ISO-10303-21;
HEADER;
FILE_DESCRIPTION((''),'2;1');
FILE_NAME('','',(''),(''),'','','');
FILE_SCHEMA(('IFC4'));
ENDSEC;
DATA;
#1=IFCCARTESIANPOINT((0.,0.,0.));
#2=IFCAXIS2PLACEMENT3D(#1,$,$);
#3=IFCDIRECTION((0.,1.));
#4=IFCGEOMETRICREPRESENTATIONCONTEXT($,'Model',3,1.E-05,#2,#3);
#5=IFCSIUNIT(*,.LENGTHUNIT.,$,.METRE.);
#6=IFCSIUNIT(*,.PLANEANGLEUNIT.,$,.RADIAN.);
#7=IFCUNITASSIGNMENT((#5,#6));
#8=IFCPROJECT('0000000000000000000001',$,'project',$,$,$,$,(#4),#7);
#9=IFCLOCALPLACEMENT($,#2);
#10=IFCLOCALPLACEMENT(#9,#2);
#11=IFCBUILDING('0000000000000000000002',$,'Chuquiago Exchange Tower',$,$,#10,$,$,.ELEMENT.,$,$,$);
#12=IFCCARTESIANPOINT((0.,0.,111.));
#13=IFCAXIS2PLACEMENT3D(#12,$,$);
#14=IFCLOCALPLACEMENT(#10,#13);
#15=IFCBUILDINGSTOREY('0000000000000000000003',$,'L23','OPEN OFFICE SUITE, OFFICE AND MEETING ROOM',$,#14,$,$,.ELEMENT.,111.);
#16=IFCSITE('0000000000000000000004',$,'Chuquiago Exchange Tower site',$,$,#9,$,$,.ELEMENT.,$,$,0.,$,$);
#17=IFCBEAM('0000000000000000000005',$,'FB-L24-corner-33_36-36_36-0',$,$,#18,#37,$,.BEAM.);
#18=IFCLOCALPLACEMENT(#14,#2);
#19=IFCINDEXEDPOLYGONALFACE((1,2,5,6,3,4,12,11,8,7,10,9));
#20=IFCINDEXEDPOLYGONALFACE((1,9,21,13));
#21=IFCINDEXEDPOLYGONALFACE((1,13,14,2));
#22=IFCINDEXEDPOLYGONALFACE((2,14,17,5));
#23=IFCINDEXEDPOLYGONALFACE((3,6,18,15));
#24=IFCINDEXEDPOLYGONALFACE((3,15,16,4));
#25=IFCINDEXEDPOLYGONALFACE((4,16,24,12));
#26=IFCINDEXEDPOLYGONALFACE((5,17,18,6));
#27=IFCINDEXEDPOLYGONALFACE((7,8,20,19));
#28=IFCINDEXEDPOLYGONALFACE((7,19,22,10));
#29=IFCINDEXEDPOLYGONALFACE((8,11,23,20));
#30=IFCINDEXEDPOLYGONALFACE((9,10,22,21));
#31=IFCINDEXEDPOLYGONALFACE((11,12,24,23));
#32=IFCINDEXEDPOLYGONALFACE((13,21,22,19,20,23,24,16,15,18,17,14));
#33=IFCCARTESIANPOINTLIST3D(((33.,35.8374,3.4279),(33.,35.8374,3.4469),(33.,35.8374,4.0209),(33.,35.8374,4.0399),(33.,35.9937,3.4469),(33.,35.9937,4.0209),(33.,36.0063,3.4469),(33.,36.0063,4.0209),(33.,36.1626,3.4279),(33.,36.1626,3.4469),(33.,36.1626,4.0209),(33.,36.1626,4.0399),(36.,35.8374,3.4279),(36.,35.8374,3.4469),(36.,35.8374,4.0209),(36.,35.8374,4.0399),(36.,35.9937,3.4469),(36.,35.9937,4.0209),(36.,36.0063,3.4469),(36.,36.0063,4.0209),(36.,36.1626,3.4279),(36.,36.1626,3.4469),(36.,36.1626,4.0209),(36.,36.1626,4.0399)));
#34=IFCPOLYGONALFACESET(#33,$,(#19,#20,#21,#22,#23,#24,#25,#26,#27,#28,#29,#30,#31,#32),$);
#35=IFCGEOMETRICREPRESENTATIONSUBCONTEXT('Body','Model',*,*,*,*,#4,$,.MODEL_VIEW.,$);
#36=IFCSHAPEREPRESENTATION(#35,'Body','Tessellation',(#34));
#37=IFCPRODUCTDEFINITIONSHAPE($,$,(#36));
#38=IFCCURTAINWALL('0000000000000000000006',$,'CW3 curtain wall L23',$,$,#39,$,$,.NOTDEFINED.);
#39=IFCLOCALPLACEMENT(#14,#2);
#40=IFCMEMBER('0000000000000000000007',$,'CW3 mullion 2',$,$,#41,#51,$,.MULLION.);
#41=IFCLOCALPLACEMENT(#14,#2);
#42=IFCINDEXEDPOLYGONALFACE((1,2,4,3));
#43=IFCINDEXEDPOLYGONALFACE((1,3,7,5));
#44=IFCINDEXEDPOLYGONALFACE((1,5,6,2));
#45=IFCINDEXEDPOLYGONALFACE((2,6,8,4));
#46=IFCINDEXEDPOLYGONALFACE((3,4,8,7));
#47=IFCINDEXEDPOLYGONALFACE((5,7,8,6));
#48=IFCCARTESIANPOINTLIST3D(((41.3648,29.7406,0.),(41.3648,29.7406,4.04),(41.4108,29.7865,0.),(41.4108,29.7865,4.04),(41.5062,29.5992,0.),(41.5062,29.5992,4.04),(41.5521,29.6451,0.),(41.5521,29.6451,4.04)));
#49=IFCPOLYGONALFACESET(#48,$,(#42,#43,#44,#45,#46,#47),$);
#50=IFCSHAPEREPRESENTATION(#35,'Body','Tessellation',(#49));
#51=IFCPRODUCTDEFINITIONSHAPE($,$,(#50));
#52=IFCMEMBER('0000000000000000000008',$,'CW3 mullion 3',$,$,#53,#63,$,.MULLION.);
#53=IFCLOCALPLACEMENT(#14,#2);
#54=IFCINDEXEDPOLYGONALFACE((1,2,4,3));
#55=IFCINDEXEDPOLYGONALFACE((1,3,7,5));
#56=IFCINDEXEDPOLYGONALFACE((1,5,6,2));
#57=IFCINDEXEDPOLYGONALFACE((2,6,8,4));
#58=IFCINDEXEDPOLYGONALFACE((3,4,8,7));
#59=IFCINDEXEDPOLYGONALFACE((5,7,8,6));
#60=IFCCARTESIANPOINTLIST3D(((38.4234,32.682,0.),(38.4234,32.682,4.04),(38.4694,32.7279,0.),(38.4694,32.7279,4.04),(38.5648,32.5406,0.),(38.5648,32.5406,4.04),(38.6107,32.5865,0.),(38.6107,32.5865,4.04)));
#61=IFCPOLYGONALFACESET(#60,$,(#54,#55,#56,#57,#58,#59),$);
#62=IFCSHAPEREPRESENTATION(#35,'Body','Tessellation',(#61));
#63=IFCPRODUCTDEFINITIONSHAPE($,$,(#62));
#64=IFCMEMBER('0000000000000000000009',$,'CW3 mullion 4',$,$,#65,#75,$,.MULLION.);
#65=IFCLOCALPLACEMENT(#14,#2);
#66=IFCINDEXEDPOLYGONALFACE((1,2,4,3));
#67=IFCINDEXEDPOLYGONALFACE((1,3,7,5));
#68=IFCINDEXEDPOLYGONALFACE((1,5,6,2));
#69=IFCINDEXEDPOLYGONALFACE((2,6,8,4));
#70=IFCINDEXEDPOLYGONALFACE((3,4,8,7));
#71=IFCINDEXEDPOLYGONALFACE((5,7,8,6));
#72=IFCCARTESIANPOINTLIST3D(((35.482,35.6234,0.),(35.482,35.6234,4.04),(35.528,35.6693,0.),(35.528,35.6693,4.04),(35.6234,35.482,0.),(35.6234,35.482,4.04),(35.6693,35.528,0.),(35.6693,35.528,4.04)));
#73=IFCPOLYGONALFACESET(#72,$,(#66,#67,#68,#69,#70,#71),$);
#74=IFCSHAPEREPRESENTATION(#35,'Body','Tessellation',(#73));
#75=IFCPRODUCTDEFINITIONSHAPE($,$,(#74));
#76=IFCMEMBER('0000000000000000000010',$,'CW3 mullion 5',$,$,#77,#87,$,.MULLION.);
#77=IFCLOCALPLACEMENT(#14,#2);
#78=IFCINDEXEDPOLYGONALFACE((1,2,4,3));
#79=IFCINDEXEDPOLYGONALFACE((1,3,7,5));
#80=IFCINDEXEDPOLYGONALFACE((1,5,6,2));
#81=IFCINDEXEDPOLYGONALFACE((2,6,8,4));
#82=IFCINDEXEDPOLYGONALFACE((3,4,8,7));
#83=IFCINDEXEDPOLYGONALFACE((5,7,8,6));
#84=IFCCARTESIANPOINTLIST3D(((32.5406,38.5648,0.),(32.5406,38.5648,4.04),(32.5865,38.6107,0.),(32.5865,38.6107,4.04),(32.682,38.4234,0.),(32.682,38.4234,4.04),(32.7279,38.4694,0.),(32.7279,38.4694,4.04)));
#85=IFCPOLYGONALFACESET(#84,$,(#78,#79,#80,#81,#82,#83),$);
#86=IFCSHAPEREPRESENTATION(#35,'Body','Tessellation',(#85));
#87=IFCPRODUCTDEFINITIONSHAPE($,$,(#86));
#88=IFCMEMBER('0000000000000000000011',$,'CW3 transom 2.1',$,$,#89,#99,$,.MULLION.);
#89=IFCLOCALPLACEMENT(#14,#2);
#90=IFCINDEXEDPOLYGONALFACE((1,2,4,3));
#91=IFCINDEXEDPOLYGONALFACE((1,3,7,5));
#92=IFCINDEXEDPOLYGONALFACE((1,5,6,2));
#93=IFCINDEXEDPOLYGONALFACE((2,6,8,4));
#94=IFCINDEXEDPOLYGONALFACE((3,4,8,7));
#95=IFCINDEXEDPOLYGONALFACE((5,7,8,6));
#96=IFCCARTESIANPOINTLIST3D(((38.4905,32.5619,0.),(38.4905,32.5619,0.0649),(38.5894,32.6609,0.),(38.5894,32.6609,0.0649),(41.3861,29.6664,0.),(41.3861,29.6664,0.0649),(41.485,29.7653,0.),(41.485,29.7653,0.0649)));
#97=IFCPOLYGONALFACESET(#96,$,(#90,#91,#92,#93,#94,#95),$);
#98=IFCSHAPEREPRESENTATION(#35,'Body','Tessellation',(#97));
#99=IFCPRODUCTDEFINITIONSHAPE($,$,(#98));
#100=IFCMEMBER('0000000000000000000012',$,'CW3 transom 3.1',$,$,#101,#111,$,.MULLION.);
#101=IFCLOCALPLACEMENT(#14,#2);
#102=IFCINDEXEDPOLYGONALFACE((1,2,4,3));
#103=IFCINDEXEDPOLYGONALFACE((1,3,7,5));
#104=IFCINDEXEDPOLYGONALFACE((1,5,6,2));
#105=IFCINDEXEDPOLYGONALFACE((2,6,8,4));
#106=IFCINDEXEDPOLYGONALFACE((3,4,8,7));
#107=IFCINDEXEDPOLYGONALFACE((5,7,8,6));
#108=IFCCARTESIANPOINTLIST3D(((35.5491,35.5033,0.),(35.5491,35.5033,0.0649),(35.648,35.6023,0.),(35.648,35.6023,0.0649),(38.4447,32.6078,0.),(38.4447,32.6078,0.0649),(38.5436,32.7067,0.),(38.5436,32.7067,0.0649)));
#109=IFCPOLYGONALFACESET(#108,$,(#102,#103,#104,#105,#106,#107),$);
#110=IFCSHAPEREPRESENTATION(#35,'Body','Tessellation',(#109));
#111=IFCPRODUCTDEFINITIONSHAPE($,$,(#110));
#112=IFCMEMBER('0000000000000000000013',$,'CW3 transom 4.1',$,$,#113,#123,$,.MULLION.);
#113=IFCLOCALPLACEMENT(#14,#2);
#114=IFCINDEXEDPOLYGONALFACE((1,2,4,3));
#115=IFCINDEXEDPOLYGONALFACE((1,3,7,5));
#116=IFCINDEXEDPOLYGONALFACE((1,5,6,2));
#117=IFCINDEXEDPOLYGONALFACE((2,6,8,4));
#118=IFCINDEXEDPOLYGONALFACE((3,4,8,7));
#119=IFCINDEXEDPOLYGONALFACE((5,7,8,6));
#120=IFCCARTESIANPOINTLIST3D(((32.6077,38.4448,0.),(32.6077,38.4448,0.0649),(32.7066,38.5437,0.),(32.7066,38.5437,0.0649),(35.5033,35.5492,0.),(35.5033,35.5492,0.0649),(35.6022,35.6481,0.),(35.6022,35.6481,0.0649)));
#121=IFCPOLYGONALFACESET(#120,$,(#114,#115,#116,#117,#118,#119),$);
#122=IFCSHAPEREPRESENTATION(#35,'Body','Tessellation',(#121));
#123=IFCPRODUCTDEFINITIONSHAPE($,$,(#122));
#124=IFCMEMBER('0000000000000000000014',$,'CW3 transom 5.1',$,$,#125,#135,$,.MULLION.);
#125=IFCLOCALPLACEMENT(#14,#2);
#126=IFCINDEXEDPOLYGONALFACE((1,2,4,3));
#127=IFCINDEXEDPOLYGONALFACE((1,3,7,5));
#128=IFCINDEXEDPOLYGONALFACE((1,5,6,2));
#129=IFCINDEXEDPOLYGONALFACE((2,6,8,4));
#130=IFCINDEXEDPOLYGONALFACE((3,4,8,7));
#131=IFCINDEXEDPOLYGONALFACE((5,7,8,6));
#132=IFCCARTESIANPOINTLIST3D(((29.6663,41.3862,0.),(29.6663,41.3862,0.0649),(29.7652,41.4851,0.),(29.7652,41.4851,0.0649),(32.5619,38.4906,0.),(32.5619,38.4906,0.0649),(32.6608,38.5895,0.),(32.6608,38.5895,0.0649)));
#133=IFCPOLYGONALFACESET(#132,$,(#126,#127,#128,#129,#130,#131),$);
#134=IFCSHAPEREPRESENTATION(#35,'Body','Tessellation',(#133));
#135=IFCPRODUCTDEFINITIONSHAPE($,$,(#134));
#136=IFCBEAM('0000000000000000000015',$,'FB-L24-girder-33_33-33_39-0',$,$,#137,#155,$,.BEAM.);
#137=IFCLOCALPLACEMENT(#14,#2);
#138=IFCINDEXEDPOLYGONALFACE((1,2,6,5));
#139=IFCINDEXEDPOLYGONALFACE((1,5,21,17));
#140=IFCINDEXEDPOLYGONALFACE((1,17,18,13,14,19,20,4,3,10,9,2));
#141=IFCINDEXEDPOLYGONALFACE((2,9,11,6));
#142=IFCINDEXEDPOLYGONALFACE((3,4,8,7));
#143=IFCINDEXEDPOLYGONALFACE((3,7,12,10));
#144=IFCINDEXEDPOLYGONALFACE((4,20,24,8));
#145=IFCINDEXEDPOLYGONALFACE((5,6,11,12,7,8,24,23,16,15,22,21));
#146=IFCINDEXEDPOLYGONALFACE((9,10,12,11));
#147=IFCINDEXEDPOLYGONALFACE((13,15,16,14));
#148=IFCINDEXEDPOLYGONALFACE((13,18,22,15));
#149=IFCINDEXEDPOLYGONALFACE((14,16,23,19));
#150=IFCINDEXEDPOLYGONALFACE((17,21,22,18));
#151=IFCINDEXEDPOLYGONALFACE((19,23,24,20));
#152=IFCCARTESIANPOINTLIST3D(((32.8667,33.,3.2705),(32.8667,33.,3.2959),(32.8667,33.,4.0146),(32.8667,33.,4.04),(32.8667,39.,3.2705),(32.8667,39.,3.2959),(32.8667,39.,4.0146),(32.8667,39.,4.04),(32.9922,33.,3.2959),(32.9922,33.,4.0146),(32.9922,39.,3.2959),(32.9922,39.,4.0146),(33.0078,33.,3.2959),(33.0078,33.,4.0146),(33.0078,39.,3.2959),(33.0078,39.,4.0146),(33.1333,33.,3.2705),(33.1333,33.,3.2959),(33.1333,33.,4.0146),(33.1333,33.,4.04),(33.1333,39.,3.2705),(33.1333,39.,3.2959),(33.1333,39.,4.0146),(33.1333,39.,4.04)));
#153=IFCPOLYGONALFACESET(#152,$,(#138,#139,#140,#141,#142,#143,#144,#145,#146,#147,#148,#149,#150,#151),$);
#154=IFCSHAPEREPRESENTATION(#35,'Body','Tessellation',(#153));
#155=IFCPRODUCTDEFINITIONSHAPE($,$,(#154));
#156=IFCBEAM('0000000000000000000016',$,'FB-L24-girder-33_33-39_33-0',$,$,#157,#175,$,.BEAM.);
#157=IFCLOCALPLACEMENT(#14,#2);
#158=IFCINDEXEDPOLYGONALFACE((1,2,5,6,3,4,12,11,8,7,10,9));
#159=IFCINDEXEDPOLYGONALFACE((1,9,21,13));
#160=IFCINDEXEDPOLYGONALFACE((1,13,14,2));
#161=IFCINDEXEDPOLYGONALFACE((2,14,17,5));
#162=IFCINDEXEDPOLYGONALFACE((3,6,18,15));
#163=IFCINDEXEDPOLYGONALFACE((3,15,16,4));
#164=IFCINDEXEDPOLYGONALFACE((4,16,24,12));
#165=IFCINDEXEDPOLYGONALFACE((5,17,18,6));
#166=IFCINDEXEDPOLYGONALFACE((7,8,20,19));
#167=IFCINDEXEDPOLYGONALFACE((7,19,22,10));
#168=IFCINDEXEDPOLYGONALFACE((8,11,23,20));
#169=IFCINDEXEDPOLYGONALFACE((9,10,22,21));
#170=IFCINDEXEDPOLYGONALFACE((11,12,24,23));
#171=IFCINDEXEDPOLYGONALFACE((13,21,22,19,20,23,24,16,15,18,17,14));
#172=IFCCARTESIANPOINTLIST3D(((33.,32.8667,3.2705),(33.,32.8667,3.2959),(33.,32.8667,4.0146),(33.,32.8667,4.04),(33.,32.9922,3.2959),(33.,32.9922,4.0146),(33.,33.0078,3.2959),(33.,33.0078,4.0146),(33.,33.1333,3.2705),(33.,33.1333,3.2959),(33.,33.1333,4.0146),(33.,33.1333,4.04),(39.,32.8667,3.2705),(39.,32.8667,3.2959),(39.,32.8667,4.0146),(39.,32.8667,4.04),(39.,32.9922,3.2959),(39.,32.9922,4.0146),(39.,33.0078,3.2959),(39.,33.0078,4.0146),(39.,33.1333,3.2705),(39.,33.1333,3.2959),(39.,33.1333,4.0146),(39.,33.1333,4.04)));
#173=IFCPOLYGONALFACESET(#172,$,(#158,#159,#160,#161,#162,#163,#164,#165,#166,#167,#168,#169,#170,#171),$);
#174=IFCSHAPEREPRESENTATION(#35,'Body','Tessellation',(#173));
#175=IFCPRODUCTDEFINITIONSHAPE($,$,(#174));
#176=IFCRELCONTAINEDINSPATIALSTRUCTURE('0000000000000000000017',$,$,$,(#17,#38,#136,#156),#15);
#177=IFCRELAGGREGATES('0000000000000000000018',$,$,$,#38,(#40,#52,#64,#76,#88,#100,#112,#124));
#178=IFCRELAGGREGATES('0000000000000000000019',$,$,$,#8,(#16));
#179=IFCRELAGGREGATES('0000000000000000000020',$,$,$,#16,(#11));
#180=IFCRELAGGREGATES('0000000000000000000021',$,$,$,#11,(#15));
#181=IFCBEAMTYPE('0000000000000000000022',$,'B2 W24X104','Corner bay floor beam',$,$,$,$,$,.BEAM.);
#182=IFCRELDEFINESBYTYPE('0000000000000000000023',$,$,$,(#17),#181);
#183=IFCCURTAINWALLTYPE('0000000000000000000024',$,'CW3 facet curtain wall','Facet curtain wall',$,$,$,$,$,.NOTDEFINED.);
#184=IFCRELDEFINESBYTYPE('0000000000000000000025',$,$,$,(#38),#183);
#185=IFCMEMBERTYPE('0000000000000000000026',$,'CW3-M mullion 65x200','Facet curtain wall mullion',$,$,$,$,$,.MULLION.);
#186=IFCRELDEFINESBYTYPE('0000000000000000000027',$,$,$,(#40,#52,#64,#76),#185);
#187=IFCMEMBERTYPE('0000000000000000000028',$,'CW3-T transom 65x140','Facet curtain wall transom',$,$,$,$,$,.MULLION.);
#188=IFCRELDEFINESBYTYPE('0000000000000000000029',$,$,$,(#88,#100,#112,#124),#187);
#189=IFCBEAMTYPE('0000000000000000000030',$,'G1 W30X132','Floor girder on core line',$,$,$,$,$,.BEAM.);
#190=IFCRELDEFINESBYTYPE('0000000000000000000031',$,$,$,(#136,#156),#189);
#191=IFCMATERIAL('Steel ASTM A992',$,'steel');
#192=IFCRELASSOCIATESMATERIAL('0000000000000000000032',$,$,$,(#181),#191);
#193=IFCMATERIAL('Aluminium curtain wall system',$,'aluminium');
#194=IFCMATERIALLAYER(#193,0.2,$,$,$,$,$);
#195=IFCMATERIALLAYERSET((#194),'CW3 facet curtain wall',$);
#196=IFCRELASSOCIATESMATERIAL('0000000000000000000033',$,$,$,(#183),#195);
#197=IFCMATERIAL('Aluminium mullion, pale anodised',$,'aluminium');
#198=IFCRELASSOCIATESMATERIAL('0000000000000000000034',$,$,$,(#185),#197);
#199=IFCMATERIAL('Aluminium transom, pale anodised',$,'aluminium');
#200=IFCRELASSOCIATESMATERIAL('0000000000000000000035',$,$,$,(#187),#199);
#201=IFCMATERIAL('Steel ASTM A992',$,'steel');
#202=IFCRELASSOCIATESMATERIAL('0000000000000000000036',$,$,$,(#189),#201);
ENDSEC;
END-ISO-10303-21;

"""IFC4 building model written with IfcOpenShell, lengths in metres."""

from ifc_helpers import new_model, si_unit, direction, frame, origin, origin_2d, place, context, subcontext, project, spatial, rectangle, i_section, extrude, material, layer, layer_set, material_profile, profile_set, type_object, element, aggregate, save


model = new_model("IFC4")

# Units and contexts
model_context = context("Model", 3, precision=1e-05, world=origin(), true_north=direction((0.0, 1.0)))
body_context = subcontext(model_context, "Body", "Model", "MODEL_VIEW")
ifc_project = project(units=[si_unit("LENGTHUNIT", "METRE"), si_unit("PLANEANGLEUNIT", "RADIAN")], contexts=[model_context])

# Site, building, storey
site_placement = place(None, origin())
site = spatial("IfcSite", under=ifc_project, at=site_placement, Name="Chuquiago Exchange Tower site", CompositionType="ELEMENT", RefElevation=0.0)
building_placement = place(site_placement, origin())
building = spatial("IfcBuilding", under=site, at=building_placement, Name="Chuquiago Exchange Tower", CompositionType="ELEMENT")
storey_placement = place(building_placement, frame((0.0, 0.0, 111.0)))
storey = spatial("IfcBuildingStorey", under=building, at=storey_placement, Name="L23", Description="OPEN OFFICE SUITE, OFFICE AND MEETING ROOM", CompositionType="ELEMENT", Elevation=111.0)

# Beam
ifc_material_1 = material(Name="Steel ASTM A992", Category="steel")
ifc_material_profile_1 = material_profile(ifc_material_1, i_section(OverallWidth=0.3252, OverallDepth=0.6121, WebThickness=0.0127, FlangeThickness=0.019, at=origin_2d()), Name="W24X104")
ifc_profile_set_1 = profile_set([ifc_material_profile_1], Name="Steel ASTM A992")
beam_type_1 = type_object("IfcBeamType", Name="B2 W24X104", Description="Corner bay floor beam", PredefinedType="BEAM", material=ifc_profile_set_1)
beam_1_placement = place(storey_placement, frame((33.0, 36.0, 3.7339), z_axis=(1.0, 0.0, 0.0), x_axis=(0.0, 1.0, 0.0)))
element("IfcBeam", 1, at=beam_1_placement, inside=storey, type_object=beam_type_1, Name="FB-L24-corner-33_36-36_36-0", PredefinedType="BEAM", context=body_context, shape_type="SweptSolid", body=[
    extrude(i_section(OverallWidth=0.3252, OverallDepth=0.6121, WebThickness=0.0127, FlangeThickness=0.019, at=origin_2d()), origin(), (0.0, 0.0, 1.0), 3.0),
])

# Curtain wall, members
ifc_material_2 = material(Name="Aluminium curtain wall system", Category="aluminium")
ifc_layer_1 = layer(ifc_material_2, 0.2)
ifc_layer_set_1 = layer_set([ifc_layer_1], Name="CW3 facet curtain wall")
curtain_wall_type = type_object("IfcCurtainWallType", Name="CW3 facet curtain wall", Description="Facet curtain wall", PredefinedType="NOTDEFINED", material=ifc_layer_set_1)
curtain_wall_placement = place(storey_placement, origin())
curtain_wall = element("IfcCurtainWall", 2, at=curtain_wall_placement, inside=storey, type_object=curtain_wall_type, Name="CW3 curtain wall L23", PredefinedType="NOTDEFINED")
ifc_material_3 = material(Name="Aluminium mullion, pale anodised", Category="aluminium")
ifc_material_profile_2 = material_profile(ifc_material_3, rectangle(XDim=0.0649, YDim=0.2, at=origin_2d()), Name="AL 65x200")
ifc_profile_set_2 = profile_set([ifc_material_profile_2], Name="Aluminium mullion, pale anodised")
member_type_1 = type_object("IfcMemberType", Name="CW3-M mullion 65x200", Description="Facet curtain wall mullion", PredefinedType="MULLION", material=ifc_profile_set_2)
member_1_placement = place(storey_placement, frame((41.4585, 29.6929, 0.0), z_axis=(0.0, 0.0, 1.0), x_axis=(-0.707107, -0.707107, 0.0)))
member_1 = element("IfcMember", 3, at=member_1_placement, type_object=member_type_1, Name="CW3 mullion 2", PredefinedType="MULLION", context=body_context, shape_type="SweptSolid", body=[
    extrude(rectangle(XDim=0.0649, YDim=0.2, at=origin_2d()), origin(), (0.0, 0.0, 1.0), 4.04),
])
member_2_placement = place(storey_placement, frame((38.5171, 32.6343, 0.0), z_axis=(0.0, 0.0, 1.0), x_axis=(-0.707107, -0.707107, 0.0)))
member_2 = element("IfcMember", 4, at=member_2_placement, type_object=member_type_1, Name="CW3 mullion 3", PredefinedType="MULLION", context=body_context, shape_type="SweptSolid", body=[
    extrude(rectangle(XDim=0.0649, YDim=0.2, at=origin_2d()), origin(), (0.0, 0.0, 1.0), 4.04),
])
member_3_placement = place(storey_placement, frame((35.5757, 35.5757, 0.0), z_axis=(0.0, 0.0, 1.0), x_axis=(-0.707107, -0.707107, 0.0)))
member_3 = element("IfcMember", 5, at=member_3_placement, type_object=member_type_1, Name="CW3 mullion 4", PredefinedType="MULLION", context=body_context, shape_type="SweptSolid", body=[
    extrude(rectangle(XDim=0.0649, YDim=0.2, at=origin_2d()), origin(), (0.0, 0.0, 1.0), 4.04),
])
member_4_placement = place(storey_placement, frame((32.6343, 38.5171, 0.0), z_axis=(0.0, 0.0, 1.0), x_axis=(-0.707107, -0.707107, 0.0)))
member_4 = element("IfcMember", 6, at=member_4_placement, type_object=member_type_1, Name="CW3 mullion 5", PredefinedType="MULLION", context=body_context, shape_type="SweptSolid", body=[
    extrude(rectangle(XDim=0.0649, YDim=0.2, at=origin_2d()), origin(), (0.0, 0.0, 1.0), 4.04),
])
ifc_material_4 = material(Name="Aluminium transom, pale anodised", Category="aluminium")
ifc_material_profile_3 = material_profile(ifc_material_4, rectangle(XDim=0.1399, YDim=0.0649, at=origin_2d()), Name="AL 140x65")
ifc_profile_set_3 = profile_set([ifc_material_profile_3], Name="Aluminium transom, pale anodised")
member_type_2 = type_object("IfcMemberType", Name="CW3-T transom 65x140", Description="Facet curtain wall transom", PredefinedType="MULLION", material=ifc_profile_set_3)
member_5_placement = place(storey_placement, frame((41.4355, 29.7158, 0.0325), z_axis=(-0.707107, 0.707107, 0.0), x_axis=(-0.707107, -0.707107, 0.0)))
member_5 = element("IfcMember", 7, at=member_5_placement, type_object=member_type_2, Name="CW3 transom 2.1", PredefinedType="MULLION", context=body_context, shape_type="SweptSolid", body=[
    extrude(rectangle(XDim=0.1399, YDim=0.0649, at=origin_2d()), origin(), (0.0, 0.0, 1.0), 4.095),
])
member_6_placement = place(storey_placement, frame((38.4941, 32.6572, 0.0325), z_axis=(-0.707107, 0.707107, 0.0), x_axis=(-0.707107, -0.707107, 0.0)))
member_6 = element("IfcMember", 8, at=member_6_placement, type_object=member_type_2, Name="CW3 transom 3.1", PredefinedType="MULLION", context=body_context, shape_type="SweptSolid", body=[
    extrude(rectangle(XDim=0.1399, YDim=0.0649, at=origin_2d()), origin(), (0.0, 0.0, 1.0), 4.095),
])
member_7_placement = place(storey_placement, frame((35.5527, 35.5986, 0.0325), z_axis=(-0.707107, 0.707107, 0.0), x_axis=(-0.707107, -0.707107, 0.0)))
member_7 = element("IfcMember", 9, at=member_7_placement, type_object=member_type_2, Name="CW3 transom 4.1", PredefinedType="MULLION", context=body_context, shape_type="SweptSolid", body=[
    extrude(rectangle(XDim=0.1399, YDim=0.0649, at=origin_2d()), origin(), (0.0, 0.0, 1.0), 4.095),
])
member_8_placement = place(storey_placement, frame((32.6113, 38.54, 0.0325), z_axis=(-0.707107, 0.707107, 0.0), x_axis=(-0.707107, -0.707107, 0.0)))
member_8 = element("IfcMember", 10, at=member_8_placement, type_object=member_type_2, Name="CW3 transom 5.1", PredefinedType="MULLION", context=body_context, shape_type="SweptSolid", body=[
    extrude(rectangle(XDim=0.1399, YDim=0.0649, at=origin_2d()), origin(), (0.0, 0.0, 1.0), 4.095),
])

# Beams
ifc_material_5 = material(Name="Steel ASTM A992", Category="steel")
ifc_material_profile_4 = material_profile(ifc_material_5, i_section(OverallWidth=0.2666, OverallDepth=0.7695, WebThickness=0.0156, FlangeThickness=0.0254, at=origin_2d()), Name="W30X132")
ifc_profile_set_4 = profile_set([ifc_material_profile_4], Name="Steel ASTM A992")
beam_type_2 = type_object("IfcBeamType", Name="G1 W30X132", Description="Floor girder on core line", PredefinedType="BEAM", material=ifc_profile_set_4)
for number, where, z_axis, x_axis, name in (
    (11, (33.0, 33.0, 3.6553), (0.0, 1.0, 0.0), (-1.0, 0.0, 0.0), "FB-L24-girder-33_33-33_39-0"),
    (12, (33.0, 33.0, 3.6553), (1.0, 0.0, 0.0), (0.0, 1.0, 0.0), "FB-L24-girder-33_33-39_33-0"),
):
    element("IfcBeam", number, at=place(storey_placement, frame(where, z_axis=z_axis, x_axis=x_axis)), inside=storey, type_object=beam_type_2, Name=name, PredefinedType="BEAM", context=body_context, shape_type="SweptSolid", body=[
        extrude(i_section(OverallWidth=0.2666, OverallDepth=0.7695, WebThickness=0.0156, FlangeThickness=0.0254, at=origin_2d()), origin(), (0.0, 0.0, 1.0), 6.0),
    ])

aggregate(curtain_wall, [member_1, member_2, member_3, member_4, member_5, member_6, member_7, member_8])

save(model, "model.ifc")
